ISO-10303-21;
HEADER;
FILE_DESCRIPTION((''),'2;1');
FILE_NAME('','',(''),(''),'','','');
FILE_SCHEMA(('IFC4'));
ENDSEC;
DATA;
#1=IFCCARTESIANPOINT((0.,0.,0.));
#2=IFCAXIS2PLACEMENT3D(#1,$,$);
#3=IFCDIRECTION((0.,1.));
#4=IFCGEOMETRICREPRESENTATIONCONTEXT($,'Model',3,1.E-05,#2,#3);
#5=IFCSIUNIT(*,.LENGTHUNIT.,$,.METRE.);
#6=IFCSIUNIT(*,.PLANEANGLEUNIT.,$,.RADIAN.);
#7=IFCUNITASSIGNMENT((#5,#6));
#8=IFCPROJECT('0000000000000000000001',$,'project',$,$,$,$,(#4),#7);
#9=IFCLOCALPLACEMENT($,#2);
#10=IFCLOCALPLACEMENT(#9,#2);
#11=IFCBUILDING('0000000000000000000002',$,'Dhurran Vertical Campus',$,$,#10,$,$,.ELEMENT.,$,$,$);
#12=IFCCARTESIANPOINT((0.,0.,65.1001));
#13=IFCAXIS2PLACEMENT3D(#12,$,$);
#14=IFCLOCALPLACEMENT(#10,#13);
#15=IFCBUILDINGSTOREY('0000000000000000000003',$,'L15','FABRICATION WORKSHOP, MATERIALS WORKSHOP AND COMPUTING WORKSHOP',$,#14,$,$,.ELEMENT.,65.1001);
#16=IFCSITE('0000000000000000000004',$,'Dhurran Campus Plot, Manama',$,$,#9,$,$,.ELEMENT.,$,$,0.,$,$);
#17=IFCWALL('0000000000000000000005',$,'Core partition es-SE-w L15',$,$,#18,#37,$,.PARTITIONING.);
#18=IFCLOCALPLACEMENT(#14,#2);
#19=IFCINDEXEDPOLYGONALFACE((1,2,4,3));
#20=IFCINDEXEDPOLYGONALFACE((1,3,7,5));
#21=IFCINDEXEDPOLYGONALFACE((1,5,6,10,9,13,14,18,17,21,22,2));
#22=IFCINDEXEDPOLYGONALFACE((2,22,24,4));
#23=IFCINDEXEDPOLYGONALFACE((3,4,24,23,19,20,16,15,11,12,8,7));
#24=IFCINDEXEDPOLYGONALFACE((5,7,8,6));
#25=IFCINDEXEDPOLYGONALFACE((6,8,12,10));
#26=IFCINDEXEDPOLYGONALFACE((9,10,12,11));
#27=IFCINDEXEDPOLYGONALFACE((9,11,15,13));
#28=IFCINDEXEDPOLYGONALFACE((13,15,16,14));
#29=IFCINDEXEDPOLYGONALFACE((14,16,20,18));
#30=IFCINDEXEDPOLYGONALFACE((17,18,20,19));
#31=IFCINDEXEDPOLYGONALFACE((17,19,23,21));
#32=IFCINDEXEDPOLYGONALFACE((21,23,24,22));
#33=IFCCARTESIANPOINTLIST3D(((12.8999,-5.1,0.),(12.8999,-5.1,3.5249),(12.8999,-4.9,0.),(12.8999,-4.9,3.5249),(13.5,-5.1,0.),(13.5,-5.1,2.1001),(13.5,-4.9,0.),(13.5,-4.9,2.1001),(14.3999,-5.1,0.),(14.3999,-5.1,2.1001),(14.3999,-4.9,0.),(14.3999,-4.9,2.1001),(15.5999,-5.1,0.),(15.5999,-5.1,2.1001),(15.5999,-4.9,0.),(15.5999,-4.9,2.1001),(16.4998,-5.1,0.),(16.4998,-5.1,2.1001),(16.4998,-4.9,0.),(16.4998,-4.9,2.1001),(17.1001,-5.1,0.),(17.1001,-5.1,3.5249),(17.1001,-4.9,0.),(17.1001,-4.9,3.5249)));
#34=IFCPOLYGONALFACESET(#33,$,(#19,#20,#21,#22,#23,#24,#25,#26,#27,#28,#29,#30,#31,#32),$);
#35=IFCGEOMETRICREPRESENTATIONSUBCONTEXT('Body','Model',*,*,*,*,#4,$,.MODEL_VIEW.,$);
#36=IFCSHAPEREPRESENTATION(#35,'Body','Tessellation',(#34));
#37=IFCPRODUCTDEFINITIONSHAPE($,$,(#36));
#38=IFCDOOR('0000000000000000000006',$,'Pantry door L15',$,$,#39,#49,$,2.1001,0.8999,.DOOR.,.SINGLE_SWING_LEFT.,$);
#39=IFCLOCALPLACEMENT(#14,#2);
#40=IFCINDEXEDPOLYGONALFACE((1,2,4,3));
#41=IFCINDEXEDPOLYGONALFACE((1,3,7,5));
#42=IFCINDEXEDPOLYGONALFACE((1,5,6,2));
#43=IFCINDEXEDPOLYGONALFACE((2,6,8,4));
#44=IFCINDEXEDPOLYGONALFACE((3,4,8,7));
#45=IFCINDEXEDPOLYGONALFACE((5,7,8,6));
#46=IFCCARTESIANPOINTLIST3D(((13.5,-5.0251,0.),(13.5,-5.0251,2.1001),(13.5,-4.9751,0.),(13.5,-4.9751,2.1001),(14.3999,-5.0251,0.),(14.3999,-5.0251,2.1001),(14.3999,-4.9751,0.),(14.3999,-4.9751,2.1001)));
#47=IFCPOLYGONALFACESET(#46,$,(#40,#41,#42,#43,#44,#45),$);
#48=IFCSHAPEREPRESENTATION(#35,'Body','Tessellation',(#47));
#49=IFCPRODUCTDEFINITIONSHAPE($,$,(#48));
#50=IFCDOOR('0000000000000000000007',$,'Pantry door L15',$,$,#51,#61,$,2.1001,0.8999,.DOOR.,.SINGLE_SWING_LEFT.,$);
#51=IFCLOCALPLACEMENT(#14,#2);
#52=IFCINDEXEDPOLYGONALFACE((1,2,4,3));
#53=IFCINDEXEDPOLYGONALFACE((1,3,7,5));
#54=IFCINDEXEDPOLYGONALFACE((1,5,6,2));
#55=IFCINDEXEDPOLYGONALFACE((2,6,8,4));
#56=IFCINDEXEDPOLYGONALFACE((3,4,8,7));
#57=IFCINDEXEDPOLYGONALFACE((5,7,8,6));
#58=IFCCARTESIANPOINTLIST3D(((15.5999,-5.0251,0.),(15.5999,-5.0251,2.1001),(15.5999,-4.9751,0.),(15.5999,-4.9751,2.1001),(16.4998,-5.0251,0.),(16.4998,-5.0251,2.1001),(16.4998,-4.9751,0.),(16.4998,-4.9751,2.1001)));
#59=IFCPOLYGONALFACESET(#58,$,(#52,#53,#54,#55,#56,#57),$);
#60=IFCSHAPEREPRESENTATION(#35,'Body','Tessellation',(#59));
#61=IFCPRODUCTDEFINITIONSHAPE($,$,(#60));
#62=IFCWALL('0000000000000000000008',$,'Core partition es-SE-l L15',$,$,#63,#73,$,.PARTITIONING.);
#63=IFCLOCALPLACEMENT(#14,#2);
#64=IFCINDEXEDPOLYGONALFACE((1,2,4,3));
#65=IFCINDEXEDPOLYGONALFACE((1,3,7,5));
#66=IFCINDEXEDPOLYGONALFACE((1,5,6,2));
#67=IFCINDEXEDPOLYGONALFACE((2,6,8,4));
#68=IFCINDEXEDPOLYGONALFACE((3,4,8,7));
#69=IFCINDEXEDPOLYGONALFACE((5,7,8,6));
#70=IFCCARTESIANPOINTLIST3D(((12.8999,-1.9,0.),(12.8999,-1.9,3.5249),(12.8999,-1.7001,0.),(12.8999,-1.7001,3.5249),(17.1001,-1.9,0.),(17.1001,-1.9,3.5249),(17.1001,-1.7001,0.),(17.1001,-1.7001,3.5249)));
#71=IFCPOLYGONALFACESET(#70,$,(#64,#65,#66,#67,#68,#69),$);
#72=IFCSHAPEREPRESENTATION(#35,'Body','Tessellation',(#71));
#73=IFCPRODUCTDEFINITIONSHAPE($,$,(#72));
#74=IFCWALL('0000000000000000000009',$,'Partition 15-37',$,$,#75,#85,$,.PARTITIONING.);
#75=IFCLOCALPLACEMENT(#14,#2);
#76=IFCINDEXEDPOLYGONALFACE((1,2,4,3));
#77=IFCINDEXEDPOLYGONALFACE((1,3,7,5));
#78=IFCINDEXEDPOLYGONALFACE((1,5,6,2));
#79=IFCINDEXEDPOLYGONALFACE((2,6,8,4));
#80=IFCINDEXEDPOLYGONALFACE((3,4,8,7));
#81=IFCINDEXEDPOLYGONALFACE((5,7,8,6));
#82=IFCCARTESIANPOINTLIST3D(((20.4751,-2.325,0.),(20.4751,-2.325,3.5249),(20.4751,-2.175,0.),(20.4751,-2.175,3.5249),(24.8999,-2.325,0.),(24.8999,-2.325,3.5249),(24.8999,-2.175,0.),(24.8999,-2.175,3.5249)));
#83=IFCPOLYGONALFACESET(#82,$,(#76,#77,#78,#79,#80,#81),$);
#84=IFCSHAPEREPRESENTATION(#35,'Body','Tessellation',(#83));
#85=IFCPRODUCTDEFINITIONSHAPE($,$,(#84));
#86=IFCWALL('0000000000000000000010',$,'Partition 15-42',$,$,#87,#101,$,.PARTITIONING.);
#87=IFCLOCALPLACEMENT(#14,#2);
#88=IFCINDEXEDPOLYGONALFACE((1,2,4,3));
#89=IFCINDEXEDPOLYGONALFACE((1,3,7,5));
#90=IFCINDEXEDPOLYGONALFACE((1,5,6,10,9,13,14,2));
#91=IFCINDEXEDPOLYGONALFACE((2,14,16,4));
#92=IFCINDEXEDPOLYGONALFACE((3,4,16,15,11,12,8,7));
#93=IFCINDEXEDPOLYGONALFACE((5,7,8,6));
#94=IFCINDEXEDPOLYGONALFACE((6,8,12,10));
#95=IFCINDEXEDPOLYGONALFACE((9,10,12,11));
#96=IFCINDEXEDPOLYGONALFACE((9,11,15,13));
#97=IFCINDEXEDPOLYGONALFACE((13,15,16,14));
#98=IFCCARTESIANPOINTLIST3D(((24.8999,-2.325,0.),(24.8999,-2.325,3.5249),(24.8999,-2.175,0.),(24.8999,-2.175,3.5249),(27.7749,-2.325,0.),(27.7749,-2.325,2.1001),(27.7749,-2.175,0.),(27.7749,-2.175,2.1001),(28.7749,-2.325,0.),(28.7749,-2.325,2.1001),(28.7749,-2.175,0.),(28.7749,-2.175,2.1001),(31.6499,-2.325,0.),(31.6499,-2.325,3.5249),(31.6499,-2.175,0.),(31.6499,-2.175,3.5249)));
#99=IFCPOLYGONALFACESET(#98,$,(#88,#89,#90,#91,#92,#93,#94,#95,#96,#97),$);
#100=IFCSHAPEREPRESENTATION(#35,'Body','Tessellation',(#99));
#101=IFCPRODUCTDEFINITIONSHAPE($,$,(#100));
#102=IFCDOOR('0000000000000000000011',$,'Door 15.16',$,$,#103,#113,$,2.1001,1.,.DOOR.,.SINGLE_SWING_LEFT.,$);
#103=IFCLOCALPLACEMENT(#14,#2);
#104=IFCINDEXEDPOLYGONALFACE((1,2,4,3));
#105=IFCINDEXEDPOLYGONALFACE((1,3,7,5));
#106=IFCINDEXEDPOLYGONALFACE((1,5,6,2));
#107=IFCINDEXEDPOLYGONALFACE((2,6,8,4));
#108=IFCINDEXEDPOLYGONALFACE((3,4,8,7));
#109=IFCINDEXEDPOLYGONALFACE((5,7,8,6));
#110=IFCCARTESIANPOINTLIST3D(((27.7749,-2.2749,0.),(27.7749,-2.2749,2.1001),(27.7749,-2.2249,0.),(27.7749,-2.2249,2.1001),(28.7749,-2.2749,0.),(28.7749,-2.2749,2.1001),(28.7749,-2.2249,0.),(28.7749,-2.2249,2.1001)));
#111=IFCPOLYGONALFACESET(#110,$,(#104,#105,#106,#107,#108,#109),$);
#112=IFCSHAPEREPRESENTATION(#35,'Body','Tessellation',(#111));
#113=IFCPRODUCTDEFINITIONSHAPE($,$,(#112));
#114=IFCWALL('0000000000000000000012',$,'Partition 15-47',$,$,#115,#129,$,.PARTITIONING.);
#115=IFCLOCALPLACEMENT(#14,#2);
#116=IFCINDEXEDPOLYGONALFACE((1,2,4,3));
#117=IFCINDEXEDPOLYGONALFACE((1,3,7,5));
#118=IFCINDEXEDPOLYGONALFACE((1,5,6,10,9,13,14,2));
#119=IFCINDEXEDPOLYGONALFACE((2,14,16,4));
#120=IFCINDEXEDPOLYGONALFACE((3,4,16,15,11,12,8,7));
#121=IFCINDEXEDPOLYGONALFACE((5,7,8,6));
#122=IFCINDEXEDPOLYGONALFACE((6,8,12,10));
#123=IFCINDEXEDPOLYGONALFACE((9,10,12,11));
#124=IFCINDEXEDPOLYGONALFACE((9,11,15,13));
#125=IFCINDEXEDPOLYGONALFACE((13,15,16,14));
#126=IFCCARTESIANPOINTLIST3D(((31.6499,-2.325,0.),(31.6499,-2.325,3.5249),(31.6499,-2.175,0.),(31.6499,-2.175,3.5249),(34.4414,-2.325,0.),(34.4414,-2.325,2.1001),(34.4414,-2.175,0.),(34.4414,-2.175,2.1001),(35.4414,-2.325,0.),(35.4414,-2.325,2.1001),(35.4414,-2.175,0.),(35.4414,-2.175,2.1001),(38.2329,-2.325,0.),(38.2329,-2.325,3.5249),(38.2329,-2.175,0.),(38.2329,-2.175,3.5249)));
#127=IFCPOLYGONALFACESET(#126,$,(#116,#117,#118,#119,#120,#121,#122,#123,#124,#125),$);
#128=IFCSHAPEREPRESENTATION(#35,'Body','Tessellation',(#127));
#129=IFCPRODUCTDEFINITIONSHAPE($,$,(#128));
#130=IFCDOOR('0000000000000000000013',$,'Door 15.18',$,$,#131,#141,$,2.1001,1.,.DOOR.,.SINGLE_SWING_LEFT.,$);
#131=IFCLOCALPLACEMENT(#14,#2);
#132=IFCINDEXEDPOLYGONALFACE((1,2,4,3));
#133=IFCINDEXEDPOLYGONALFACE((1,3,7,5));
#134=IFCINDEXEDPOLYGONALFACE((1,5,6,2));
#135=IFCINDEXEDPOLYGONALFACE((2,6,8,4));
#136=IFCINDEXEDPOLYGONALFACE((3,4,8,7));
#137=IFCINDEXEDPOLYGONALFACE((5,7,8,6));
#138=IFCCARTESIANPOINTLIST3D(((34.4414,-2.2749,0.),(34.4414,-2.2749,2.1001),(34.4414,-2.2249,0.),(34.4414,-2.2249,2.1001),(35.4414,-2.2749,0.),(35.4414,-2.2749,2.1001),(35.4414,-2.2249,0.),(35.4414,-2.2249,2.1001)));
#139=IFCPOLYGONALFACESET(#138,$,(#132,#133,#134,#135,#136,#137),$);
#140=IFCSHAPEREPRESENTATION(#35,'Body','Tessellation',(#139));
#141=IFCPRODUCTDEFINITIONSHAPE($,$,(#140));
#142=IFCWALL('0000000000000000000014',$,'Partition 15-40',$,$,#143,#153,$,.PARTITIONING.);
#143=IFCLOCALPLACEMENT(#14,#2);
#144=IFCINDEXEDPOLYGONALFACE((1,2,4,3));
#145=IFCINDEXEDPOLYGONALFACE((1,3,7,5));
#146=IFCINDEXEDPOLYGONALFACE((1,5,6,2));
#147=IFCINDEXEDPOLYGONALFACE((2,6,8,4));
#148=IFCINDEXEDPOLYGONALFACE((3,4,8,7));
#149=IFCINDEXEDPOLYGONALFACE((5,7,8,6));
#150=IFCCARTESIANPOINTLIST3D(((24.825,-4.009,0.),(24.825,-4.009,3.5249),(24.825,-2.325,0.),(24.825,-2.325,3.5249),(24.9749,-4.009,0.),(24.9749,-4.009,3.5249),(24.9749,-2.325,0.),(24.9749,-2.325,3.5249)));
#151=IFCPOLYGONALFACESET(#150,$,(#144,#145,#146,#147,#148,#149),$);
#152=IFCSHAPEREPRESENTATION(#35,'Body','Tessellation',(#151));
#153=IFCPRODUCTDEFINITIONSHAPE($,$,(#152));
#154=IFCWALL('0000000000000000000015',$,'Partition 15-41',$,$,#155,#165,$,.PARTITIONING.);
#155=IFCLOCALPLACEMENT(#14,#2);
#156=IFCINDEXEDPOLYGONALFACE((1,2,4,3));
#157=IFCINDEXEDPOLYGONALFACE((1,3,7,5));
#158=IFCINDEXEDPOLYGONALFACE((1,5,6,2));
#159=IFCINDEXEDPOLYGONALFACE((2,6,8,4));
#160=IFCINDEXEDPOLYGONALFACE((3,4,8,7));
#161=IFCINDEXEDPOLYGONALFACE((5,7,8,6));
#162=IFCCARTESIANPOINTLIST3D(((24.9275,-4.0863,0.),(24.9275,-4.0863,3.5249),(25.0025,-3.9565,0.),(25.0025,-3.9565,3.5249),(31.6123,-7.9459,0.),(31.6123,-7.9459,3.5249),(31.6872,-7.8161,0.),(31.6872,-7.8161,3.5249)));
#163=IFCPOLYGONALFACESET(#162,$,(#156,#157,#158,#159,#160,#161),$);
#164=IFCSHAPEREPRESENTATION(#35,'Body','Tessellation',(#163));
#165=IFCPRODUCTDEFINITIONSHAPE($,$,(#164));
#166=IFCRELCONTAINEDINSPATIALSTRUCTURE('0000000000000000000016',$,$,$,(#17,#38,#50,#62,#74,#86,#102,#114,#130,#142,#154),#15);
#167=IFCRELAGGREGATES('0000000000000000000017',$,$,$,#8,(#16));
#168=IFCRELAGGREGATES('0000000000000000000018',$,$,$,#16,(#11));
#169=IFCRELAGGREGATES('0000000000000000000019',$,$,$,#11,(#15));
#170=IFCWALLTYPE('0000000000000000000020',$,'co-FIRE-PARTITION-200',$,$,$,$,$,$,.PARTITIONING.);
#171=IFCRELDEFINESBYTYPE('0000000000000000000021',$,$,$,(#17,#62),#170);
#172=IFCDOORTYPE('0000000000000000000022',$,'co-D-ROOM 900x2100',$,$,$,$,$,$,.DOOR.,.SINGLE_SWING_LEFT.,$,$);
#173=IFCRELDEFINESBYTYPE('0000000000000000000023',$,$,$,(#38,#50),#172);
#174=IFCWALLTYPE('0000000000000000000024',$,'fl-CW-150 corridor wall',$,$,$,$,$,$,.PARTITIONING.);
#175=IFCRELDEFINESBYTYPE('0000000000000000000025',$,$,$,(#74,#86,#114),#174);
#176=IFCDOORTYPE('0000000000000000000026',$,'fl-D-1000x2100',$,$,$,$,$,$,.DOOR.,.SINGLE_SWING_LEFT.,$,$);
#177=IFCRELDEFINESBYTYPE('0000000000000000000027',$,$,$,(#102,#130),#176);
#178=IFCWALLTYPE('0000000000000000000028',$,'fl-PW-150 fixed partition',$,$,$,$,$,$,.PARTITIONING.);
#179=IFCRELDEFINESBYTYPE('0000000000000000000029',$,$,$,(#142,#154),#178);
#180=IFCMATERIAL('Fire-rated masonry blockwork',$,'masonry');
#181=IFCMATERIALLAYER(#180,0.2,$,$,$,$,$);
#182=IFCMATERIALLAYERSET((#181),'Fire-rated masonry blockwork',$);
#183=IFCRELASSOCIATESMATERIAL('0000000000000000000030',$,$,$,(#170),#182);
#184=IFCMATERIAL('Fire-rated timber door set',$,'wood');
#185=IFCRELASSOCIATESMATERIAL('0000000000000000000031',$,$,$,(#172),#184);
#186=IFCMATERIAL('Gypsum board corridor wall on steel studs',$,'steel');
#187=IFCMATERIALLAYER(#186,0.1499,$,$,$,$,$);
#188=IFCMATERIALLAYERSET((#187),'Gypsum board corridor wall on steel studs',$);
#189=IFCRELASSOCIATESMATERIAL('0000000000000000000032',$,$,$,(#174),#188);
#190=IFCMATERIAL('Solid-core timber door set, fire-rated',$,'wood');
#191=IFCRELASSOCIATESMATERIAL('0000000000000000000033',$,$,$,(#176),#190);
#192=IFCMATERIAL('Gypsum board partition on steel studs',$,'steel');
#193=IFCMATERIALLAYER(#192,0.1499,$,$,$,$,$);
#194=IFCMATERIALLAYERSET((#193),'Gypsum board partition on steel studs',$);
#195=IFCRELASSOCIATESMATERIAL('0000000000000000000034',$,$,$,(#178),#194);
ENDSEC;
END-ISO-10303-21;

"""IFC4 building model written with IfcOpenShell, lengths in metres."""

from ifc_helpers import new_model, si_unit, direction, frame, frame_2d, origin, place, context, subcontext, project, spatial, rectangle, extrude, material, layer, layer_set, type_object, element, fill, save


model = new_model("IFC4")

# Units and contexts
model_context = context("Model", 3, precision=1e-05, world=origin(), true_north=direction((0.0, 1.0)))
body_context = subcontext(model_context, "Body", "Model", "MODEL_VIEW")
ifc_project = project(units=[si_unit("LENGTHUNIT", "METRE"), si_unit("PLANEANGLEUNIT", "RADIAN")], contexts=[model_context])

# Site, building, storey
site_placement = place(None, origin())
site = spatial("IfcSite", under=ifc_project, at=site_placement, Name="Dhurran Campus Plot, Manama", CompositionType="ELEMENT", RefElevation=0.0)
building_placement = place(site_placement, origin())
building = spatial("IfcBuilding", under=site, at=building_placement, Name="Dhurran Vertical Campus", CompositionType="ELEMENT")
storey_placement = place(building_placement, frame((0.0, 0.0, 65.1001)))
storey = spatial("IfcBuildingStorey", under=building, at=storey_placement, Name="L15", Description="FABRICATION WORKSHOP, MATERIALS WORKSHOP AND COMPUTING WORKSHOP", CompositionType="ELEMENT", Elevation=65.1001)

# Shared definitions
ifc_material_1 = material(Name="Fire-rated masonry blockwork", Category="masonry")
ifc_layer_1 = layer(ifc_material_1, 0.2)
ifc_layer_set_1 = layer_set([ifc_layer_1], Name="Fire-rated masonry blockwork")
wall_type_1 = type_object("IfcWallType", Name="co-FIRE-PARTITION-200", PredefinedType="PARTITIONING", material=ifc_layer_set_1)
ifc_material_2 = material(Name="Fire-rated timber door set", Category="wood")
door_type_1 = type_object("IfcDoorType", Name="co-D-ROOM 900x2100", OperationType="SINGLE_SWING_LEFT", PredefinedType="DOOR", material=ifc_material_2)

# Wall, openings, doors
wall_1_placement = place(storey_placement, frame((12.8999, -5.0, 0.0), z_axis=(0.0, 0.0, 1.0), x_axis=(1.0, 0.0, 0.0)))
wall_1 = element("IfcWall", 1, at=wall_1_placement, inside=storey, type_object=wall_type_1, Name="Core partition es-SE-w L15", PredefinedType="PARTITIONING", context=body_context, shape_type="SweptSolid", body=[
    extrude(rectangle(XDim=4.2002, YDim=0.2, at=frame_2d((2.1001, 0.0))), origin(), (0.0, 0.0, 1.0), 3.5249),
])
opening_1_placement = place(wall_1_placement, frame((0.6001, 0.0, 0.0)))
opening_1 = element("IfcOpeningElement", 2, at=opening_1_placement, cuts=wall_1, PredefinedType="OPENING", context=body_context, shape_type="SweptSolid", body=[
    extrude(rectangle(XDim=0.8999, YDim=2.1001, at=frame_2d((0.45, 1.05))), frame((0.0, 0.1099, 0.0), z_axis=(0.0, -1.0, 0.0), x_axis=(1.0, 0.0, 0.0)), (0.0, 0.0, 1.0), 0.22),
])
opening_2_placement = place(wall_1_placement, frame((2.7, 0.0, 0.0)))
opening_2 = element("IfcOpeningElement", 3, at=opening_2_placement, cuts=wall_1, PredefinedType="OPENING", context=body_context, shape_type="SweptSolid", body=[
    extrude(rectangle(XDim=0.8999, YDim=2.1001, at=frame_2d((0.45, 1.05))), frame((0.0, 0.1099, 0.0), z_axis=(0.0, -1.0, 0.0), x_axis=(1.0, 0.0, 0.0)), (0.0, 0.0, 1.0), 0.22),
])
door_1_placement = place(opening_1_placement, origin())
door_1 = element("IfcDoor", 4, at=door_1_placement, inside=storey, type_object=door_type_1, Name="Pantry door L15", OperationType="SINGLE_SWING_LEFT", OverallHeight=2.1001, OverallWidth=0.8999, PredefinedType="DOOR", context=body_context, shape_type="SweptSolid", body=[
    extrude(rectangle(XDim=0.8999, YDim=2.1001, at=frame_2d((0.45, 1.05))), frame((0.0, 0.0249, 0.0), z_axis=(0.0, -1.0, 0.0), x_axis=(1.0, 0.0, 0.0)), (0.0, 0.0, 1.0), 0.05),
])
fill(opening_1, door_1)
door_2_placement = place(opening_2_placement, origin())
door_2 = element("IfcDoor", 5, at=door_2_placement, inside=storey, type_object=door_type_1, Name="Pantry door L15", OperationType="SINGLE_SWING_LEFT", OverallHeight=2.1001, OverallWidth=0.8999, PredefinedType="DOOR", context=body_context, shape_type="SweptSolid", body=[
    extrude(rectangle(XDim=0.8999, YDim=2.1001, at=frame_2d((0.45, 1.05))), frame((0.0, 0.0249, 0.0), z_axis=(0.0, -1.0, 0.0), x_axis=(1.0, 0.0, 0.0)), (0.0, 0.0, 1.0), 0.05),
])
fill(opening_2, door_2)

# Walls
wall_2_placement = place(storey_placement, frame((12.8999, -1.8, 0.0), z_axis=(0.0, 0.0, 1.0), x_axis=(1.0, 0.0, 0.0)))
element("IfcWall", 6, at=wall_2_placement, inside=storey, type_object=wall_type_1, Name="Core partition es-SE-l L15", PredefinedType="PARTITIONING", context=body_context, shape_type="SweptSolid", body=[
    extrude(rectangle(XDim=4.2002, YDim=0.2, at=frame_2d((2.1001, 0.0))), origin(), (0.0, 0.0, 1.0), 3.5249),
])
ifc_material_3 = material(Name="Gypsum board corridor wall on steel studs", Category="steel")
ifc_layer_2 = layer(ifc_material_3, 0.1499)
ifc_layer_set_2 = layer_set([ifc_layer_2], Name="Gypsum board corridor wall on steel studs")
wall_type_2 = type_object("IfcWallType", Name="fl-CW-150 corridor wall", PredefinedType="PARTITIONING", material=ifc_layer_set_2)
wall_3_placement = place(storey_placement, frame((24.8999, -2.25, 0.0), z_axis=(0.0, 0.0, 1.0), x_axis=(-1.0, 0.0, 0.0)))
element("IfcWall", 7, at=wall_3_placement, inside=storey, type_object=wall_type_2, Name="Partition 15-37", PredefinedType="PARTITIONING", context=body_context, shape_type="SweptSolid", body=[
    extrude(rectangle(XDim=4.4248, YDim=0.1499, at=frame_2d((2.2124, 0.0))), origin(), (0.0, 0.0, 1.0), 3.5249),
])

# Walls, openings, doors
wall_4_placement = place(storey_placement, frame((31.6499, -2.25, 0.0), z_axis=(0.0, 0.0, 1.0), x_axis=(-1.0, 0.0, 0.0)))
wall_4 = element("IfcWall", 8, at=wall_4_placement, inside=storey, type_object=wall_type_2, Name="Partition 15-42", PredefinedType="PARTITIONING", context=body_context, shape_type="SweptSolid", body=[
    extrude(rectangle(XDim=6.75, YDim=0.1499, at=frame_2d((3.375, 0.0))), origin(), (0.0, 0.0, 1.0), 3.5249),
])
opening_3_placement = place(wall_4_placement, frame((2.875, 0.0, 0.0)))
opening_3 = element("IfcOpeningElement", 9, at=opening_3_placement, cuts=wall_4, PredefinedType="OPENING", context=body_context, shape_type="SweptSolid", body=[
    extrude(rectangle(XDim=1.0, YDim=2.1001, at=frame_2d((0.5, 1.05))), frame((0.0, 0.085, 0.0), z_axis=(0.0, -1.0, 0.0), x_axis=(1.0, 0.0, 0.0)), (0.0, 0.0, 1.0), 0.1699),
])
ifc_material_4 = material(Name="Solid-core timber door set, fire-rated", Category="wood")
door_type_2 = type_object("IfcDoorType", Name="fl-D-1000x2100", OperationType="SINGLE_SWING_LEFT", PredefinedType="DOOR", material=ifc_material_4)
door_3_placement = place(opening_3_placement, origin())
door_3 = element("IfcDoor", 10, at=door_3_placement, inside=storey, type_object=door_type_2, Name="Door 15.16", OperationType="SINGLE_SWING_LEFT", OverallHeight=2.1001, OverallWidth=1.0, PredefinedType="DOOR", context=body_context, shape_type="SweptSolid", body=[
    extrude(rectangle(XDim=1.0, YDim=2.1001, at=frame_2d((0.5, 1.05))), frame((0.0, 0.0249, 0.0), z_axis=(0.0, -1.0, 0.0), x_axis=(1.0, 0.0, 0.0)), (0.0, 0.0, 1.0), 0.05),
])
fill(opening_3, door_3)
wall_5_placement = place(storey_placement, frame((38.2329, -2.25, 0.0), z_axis=(0.0, 0.0, 1.0), x_axis=(-1.0, 0.0, 0.0)))
wall_5 = element("IfcWall", 11, at=wall_5_placement, inside=storey, type_object=wall_type_2, Name="Partition 15-47", PredefinedType="PARTITIONING", context=body_context, shape_type="SweptSolid", body=[
    extrude(rectangle(XDim=6.583, YDim=0.1499, at=frame_2d((3.2915, 0.0))), origin(), (0.0, 0.0, 1.0), 3.5249),
])
opening_4_placement = place(wall_5_placement, frame((2.7915, 0.0, 0.0)))
opening_4 = element("IfcOpeningElement", 12, at=opening_4_placement, cuts=wall_5, PredefinedType="OPENING", context=body_context, shape_type="SweptSolid", body=[
    extrude(rectangle(XDim=1.0, YDim=2.1001, at=frame_2d((0.5, 1.05))), frame((0.0, 0.085, 0.0), z_axis=(0.0, -1.0, 0.0), x_axis=(1.0, 0.0, 0.0)), (0.0, 0.0, 1.0), 0.1699),
])
door_4_placement = place(opening_4_placement, origin())
door_4 = element("IfcDoor", 13, at=door_4_placement, inside=storey, type_object=door_type_2, Name="Door 15.18", OperationType="SINGLE_SWING_LEFT", OverallHeight=2.1001, OverallWidth=1.0, PredefinedType="DOOR", context=body_context, shape_type="SweptSolid", body=[
    extrude(rectangle(XDim=1.0, YDim=2.1001, at=frame_2d((0.5, 1.05))), frame((0.0, 0.0249, 0.0), z_axis=(0.0, -1.0, 0.0), x_axis=(1.0, 0.0, 0.0)), (0.0, 0.0, 1.0), 0.05),
])
fill(opening_4, door_4)

# Walls
ifc_material_5 = material(Name="Gypsum board partition on steel studs", Category="steel")
ifc_layer_3 = layer(ifc_material_5, 0.1499)
ifc_layer_set_3 = layer_set([ifc_layer_3], Name="Gypsum board partition on steel studs")
wall_type_3 = type_object("IfcWallType", Name="fl-PW-150 fixed partition", PredefinedType="PARTITIONING", material=ifc_layer_set_3)
wall_6_placement = place(storey_placement, frame((24.8999, -2.325, 0.0), z_axis=(0.0, 0.0, 1.0), x_axis=(0.0, -1.0, 0.0)))
element("IfcWall", 14, at=wall_6_placement, inside=storey, type_object=wall_type_3, Name="Partition 15-40", PredefinedType="PARTITIONING", context=body_context, shape_type="SweptSolid", body=[
    extrude(rectangle(XDim=1.6841, YDim=0.1499, at=frame_2d((0.842, 0.0))), origin(), (0.0, 0.0, 1.0), 3.5249),
])
wall_7_placement = place(storey_placement, frame((24.9651, -4.0215, 0.0), z_axis=(0.0, 0.0, 1.0), x_axis=(0.866018, -0.500014, 0.0)))
element("IfcWall", 15, at=wall_7_placement, inside=storey, type_object=wall_type_3, Name="Partition 15-41", PredefinedType="PARTITIONING", context=body_context, shape_type="SweptSolid", body=[
    extrude(rectangle(XDim=7.719, YDim=0.1499, at=frame_2d((3.8594, 0.0))), origin(), (0.0, 0.0, 1.0), 3.5249),
])

save(model, "model.ifc")
